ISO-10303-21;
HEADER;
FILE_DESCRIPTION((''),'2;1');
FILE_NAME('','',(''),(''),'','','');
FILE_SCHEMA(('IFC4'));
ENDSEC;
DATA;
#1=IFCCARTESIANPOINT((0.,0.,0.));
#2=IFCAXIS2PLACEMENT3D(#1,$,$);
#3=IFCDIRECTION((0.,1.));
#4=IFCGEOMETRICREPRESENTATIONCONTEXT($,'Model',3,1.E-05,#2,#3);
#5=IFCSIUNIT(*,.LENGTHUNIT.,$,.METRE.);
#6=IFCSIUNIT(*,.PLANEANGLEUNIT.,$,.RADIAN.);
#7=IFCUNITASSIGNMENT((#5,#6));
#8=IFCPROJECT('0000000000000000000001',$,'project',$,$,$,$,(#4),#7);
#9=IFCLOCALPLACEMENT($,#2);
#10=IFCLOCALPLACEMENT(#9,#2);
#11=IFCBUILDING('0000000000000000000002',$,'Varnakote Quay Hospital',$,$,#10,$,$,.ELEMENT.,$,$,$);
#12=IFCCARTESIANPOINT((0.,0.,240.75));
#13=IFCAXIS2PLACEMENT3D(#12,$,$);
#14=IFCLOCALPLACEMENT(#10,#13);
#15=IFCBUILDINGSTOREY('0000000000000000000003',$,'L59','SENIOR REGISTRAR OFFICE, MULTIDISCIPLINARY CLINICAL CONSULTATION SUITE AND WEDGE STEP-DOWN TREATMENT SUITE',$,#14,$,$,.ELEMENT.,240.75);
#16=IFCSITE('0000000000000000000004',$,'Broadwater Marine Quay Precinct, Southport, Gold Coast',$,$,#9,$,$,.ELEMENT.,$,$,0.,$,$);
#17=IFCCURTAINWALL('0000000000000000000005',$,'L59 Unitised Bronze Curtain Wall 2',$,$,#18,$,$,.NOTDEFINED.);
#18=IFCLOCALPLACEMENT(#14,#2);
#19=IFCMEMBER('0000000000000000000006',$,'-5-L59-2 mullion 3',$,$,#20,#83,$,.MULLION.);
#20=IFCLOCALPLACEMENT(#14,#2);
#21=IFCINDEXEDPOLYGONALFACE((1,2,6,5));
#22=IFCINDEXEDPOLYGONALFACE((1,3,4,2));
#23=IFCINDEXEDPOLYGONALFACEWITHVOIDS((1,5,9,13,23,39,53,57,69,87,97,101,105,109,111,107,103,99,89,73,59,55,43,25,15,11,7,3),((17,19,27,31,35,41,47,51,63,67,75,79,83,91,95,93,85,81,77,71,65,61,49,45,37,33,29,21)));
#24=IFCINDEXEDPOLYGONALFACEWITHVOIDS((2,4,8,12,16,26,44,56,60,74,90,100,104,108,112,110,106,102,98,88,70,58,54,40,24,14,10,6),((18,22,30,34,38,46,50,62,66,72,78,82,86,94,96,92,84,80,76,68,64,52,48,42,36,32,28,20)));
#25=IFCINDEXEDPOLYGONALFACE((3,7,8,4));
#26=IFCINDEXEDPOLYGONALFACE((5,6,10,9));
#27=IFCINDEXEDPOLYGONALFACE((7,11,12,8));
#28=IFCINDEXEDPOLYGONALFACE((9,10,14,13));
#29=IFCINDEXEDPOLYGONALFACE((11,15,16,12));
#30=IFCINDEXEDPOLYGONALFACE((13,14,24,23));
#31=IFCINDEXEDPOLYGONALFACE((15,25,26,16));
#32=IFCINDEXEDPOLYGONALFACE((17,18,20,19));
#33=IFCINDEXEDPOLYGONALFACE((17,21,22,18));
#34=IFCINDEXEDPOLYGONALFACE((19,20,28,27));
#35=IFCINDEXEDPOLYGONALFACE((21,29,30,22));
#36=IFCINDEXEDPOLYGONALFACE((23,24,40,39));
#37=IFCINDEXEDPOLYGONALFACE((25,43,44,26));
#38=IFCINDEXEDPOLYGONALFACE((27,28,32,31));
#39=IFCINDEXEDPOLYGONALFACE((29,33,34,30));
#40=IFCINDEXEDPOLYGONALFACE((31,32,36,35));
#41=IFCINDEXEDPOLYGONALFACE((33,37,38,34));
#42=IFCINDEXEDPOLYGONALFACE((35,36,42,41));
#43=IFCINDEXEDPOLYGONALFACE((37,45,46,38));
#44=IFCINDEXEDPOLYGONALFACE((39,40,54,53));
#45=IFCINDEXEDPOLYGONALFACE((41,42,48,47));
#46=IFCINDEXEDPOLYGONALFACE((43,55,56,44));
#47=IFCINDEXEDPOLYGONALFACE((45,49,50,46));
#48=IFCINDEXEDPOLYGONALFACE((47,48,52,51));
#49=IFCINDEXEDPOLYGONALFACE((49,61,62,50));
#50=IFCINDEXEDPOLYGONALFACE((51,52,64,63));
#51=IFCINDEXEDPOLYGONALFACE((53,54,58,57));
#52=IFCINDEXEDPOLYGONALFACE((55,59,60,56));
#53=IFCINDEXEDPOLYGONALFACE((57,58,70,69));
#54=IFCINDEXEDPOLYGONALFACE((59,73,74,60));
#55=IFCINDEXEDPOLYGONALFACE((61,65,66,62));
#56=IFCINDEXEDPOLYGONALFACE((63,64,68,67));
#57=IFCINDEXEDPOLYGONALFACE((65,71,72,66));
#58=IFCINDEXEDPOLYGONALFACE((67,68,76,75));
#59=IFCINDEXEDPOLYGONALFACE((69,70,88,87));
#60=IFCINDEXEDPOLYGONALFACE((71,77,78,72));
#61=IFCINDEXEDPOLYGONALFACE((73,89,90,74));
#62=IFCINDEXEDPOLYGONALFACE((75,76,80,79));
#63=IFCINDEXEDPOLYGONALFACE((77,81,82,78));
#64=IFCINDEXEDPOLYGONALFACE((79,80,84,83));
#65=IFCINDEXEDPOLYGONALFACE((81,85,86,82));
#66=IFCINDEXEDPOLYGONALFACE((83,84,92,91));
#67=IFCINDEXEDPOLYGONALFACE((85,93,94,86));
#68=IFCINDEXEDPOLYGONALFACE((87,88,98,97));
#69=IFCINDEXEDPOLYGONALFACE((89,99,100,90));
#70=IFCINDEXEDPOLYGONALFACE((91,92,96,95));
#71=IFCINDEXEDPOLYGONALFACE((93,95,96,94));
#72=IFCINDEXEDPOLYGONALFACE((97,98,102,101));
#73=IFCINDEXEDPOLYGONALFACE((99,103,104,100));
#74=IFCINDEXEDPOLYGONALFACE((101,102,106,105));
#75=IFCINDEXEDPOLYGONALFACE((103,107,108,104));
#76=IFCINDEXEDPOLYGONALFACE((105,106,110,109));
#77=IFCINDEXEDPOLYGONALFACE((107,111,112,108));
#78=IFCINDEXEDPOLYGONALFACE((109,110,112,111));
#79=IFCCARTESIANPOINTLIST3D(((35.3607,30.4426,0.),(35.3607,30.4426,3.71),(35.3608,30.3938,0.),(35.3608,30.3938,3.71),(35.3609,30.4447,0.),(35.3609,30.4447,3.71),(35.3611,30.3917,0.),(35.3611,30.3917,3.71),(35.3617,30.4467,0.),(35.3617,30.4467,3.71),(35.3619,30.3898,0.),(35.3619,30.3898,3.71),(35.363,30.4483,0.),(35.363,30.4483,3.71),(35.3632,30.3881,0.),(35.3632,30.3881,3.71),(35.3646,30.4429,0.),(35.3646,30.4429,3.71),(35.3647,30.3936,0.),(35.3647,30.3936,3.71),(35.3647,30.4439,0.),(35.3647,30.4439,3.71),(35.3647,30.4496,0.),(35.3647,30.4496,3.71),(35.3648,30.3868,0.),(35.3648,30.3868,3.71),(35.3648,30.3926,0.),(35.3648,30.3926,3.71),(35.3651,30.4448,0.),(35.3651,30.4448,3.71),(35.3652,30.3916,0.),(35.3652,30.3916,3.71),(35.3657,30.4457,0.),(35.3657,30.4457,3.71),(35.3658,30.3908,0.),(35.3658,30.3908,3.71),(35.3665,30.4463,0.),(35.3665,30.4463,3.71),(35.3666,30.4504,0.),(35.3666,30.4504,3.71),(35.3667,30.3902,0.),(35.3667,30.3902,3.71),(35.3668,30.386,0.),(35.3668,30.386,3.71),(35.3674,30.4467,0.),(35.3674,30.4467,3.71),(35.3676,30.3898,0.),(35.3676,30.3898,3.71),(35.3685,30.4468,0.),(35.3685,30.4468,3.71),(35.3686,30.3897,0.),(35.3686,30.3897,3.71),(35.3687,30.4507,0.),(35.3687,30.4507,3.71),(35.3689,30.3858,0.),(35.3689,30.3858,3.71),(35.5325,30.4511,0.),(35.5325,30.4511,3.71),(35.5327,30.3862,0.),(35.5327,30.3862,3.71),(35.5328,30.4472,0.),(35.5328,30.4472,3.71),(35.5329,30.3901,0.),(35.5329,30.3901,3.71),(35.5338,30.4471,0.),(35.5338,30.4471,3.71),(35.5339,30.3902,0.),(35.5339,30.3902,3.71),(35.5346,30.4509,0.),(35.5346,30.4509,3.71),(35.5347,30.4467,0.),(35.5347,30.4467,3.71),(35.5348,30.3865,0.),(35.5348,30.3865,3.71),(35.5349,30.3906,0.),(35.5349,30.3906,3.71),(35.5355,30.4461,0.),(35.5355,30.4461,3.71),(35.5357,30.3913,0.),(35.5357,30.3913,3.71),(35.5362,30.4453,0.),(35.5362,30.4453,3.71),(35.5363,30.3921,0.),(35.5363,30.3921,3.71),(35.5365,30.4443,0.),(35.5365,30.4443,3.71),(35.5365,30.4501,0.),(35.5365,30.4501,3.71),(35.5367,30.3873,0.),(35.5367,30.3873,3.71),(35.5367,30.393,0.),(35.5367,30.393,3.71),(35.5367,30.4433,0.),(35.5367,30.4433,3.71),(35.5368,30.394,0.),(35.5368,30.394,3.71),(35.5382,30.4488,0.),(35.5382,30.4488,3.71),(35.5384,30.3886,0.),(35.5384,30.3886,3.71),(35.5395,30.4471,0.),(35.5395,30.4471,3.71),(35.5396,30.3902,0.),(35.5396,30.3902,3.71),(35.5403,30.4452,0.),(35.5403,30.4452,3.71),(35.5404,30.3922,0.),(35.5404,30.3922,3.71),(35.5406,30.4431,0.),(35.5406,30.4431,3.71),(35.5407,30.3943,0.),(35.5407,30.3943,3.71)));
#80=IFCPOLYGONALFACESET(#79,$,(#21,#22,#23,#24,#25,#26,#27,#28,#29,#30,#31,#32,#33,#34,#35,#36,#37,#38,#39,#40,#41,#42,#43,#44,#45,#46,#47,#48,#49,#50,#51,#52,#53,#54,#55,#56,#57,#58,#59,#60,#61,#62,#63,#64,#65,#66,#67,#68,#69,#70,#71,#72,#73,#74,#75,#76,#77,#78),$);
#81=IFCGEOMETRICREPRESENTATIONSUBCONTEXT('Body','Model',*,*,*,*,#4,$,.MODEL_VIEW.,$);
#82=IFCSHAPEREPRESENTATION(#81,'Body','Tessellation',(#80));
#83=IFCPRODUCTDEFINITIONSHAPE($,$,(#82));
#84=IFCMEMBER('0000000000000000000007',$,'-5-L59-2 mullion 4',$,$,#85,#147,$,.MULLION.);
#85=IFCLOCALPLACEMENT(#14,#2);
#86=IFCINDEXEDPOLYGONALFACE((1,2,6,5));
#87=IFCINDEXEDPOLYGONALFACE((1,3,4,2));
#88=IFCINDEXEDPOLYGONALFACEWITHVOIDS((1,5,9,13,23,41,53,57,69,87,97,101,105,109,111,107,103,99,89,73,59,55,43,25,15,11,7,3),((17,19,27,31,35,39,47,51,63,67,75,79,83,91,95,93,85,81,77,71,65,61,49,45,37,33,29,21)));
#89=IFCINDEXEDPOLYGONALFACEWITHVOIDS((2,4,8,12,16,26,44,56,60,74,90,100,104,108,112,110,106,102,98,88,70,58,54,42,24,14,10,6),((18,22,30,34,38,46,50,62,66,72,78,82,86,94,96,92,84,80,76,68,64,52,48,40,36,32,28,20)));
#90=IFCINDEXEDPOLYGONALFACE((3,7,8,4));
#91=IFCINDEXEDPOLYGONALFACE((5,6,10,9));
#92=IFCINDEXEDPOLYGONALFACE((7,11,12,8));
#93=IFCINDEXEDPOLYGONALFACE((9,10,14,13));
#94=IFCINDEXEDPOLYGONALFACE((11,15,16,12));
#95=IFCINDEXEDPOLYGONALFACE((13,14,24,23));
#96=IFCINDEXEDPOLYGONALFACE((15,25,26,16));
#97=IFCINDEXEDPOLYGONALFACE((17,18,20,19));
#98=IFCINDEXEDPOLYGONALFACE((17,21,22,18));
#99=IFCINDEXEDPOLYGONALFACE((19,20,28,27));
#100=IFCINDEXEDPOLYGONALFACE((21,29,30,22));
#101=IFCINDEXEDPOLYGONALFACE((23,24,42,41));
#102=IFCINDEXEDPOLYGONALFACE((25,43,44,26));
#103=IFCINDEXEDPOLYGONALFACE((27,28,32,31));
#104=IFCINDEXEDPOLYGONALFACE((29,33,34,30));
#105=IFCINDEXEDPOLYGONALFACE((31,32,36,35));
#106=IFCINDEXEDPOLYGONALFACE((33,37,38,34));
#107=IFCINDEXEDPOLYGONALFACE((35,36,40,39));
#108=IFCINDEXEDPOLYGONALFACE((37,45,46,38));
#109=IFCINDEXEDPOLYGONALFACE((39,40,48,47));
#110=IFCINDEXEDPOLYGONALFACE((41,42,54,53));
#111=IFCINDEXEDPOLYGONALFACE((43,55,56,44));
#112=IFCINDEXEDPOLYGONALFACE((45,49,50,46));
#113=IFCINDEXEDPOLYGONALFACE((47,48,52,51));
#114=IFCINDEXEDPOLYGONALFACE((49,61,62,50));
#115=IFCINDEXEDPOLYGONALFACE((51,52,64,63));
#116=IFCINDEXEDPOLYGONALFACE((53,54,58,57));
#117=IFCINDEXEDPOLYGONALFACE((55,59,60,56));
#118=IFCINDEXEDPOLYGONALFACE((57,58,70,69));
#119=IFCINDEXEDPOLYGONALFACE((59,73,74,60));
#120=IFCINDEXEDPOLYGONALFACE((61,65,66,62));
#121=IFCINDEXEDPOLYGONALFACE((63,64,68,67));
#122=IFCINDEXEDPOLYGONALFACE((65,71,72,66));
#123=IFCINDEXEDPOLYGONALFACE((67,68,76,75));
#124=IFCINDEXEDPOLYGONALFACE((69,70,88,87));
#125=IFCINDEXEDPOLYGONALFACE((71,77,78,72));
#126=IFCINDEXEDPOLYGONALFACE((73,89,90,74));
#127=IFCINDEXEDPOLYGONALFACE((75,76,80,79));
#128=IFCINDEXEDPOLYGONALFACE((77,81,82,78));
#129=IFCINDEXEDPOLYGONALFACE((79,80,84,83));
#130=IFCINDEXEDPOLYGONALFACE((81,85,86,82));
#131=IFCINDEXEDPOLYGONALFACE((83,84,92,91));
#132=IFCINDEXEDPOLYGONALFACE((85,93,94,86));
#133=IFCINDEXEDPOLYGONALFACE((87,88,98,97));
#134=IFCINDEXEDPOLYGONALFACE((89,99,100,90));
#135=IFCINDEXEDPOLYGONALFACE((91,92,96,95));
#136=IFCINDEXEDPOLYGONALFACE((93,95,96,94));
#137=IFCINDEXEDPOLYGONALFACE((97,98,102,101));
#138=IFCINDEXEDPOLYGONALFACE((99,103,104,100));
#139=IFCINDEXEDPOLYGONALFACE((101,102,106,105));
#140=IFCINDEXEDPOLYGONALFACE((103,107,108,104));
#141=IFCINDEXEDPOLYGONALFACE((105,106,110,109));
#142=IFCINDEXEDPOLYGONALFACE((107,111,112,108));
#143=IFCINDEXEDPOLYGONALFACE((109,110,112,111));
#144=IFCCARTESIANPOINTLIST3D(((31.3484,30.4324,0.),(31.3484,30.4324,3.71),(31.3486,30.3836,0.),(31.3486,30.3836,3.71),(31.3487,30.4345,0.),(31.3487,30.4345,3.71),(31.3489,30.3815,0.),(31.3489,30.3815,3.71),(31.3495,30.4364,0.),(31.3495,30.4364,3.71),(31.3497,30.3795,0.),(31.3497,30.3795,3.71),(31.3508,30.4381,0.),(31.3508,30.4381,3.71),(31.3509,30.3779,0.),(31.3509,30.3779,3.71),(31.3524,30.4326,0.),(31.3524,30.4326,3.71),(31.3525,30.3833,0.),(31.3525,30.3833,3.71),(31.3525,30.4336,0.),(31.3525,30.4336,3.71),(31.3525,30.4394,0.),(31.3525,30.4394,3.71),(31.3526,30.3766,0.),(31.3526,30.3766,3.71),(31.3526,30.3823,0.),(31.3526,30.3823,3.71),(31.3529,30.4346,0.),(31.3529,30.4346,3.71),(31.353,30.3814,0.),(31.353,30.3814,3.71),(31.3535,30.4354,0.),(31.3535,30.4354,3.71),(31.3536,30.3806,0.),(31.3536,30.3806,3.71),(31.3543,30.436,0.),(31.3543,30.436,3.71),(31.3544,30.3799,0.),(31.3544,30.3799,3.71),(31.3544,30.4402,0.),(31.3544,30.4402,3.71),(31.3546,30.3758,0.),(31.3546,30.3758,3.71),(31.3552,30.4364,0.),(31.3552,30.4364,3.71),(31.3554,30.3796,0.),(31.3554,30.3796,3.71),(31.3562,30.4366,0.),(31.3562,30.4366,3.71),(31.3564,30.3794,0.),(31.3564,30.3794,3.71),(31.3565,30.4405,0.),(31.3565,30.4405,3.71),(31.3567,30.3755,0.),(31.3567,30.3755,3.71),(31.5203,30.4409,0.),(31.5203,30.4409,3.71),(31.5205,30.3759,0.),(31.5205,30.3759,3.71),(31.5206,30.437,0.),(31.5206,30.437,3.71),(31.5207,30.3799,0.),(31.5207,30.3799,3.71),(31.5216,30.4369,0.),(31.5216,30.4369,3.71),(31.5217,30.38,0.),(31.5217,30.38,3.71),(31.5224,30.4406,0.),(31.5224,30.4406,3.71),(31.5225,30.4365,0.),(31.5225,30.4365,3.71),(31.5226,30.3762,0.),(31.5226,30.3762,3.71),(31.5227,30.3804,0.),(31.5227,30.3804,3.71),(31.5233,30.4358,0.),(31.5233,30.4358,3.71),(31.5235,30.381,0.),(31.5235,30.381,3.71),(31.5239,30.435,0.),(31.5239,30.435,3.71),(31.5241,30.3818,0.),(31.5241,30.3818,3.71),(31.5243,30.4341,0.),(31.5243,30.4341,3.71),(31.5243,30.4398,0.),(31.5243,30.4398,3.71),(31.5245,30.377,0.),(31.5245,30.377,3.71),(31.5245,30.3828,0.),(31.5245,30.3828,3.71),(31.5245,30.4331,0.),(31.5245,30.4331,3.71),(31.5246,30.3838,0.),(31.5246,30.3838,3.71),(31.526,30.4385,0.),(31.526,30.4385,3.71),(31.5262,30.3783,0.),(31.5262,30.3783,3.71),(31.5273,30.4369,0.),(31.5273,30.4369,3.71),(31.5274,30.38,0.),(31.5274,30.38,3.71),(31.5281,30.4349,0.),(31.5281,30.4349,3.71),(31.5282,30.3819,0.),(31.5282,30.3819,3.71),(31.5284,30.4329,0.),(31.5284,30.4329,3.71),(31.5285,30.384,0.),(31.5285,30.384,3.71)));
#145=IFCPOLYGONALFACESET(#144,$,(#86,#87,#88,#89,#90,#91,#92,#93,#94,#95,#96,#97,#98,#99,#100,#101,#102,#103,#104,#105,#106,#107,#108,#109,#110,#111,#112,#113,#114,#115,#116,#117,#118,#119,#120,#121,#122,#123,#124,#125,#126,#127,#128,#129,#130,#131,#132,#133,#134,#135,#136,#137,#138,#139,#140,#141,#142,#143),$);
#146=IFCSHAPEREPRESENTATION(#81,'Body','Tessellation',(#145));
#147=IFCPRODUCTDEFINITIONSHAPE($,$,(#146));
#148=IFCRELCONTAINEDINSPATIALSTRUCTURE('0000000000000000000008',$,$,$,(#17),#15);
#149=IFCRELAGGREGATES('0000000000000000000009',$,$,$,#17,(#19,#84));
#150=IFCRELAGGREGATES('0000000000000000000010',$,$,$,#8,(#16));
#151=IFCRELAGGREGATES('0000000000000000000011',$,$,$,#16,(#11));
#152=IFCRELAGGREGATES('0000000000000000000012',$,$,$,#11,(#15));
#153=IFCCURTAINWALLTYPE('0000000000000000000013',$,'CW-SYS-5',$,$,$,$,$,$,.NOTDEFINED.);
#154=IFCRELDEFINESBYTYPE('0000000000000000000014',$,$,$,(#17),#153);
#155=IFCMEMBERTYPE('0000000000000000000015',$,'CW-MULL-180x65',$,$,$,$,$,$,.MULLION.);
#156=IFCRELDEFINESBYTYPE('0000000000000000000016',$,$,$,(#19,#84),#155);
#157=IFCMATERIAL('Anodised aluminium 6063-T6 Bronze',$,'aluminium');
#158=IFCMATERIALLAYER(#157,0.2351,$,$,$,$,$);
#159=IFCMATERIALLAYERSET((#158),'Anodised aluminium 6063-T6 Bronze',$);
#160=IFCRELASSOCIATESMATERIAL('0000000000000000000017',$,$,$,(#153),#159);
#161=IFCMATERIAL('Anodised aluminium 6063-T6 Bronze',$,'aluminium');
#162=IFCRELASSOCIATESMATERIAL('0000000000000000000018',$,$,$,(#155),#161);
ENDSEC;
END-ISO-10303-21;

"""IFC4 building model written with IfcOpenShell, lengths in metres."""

from ifc_helpers import new_model, si_unit, direction, frame, origin, origin_2d, place, context, subcontext, project, spatial, hollow_rectangle, extrude, material, layer, layer_set, material_profile, profile_set, type_object, element, aggregate, save


model = new_model("IFC4")

# Units and contexts
model_context = context("Model", 3, precision=1e-05, world=origin(), true_north=direction((0.0, 1.0)))
body_context = subcontext(model_context, "Body", "Model", "MODEL_VIEW")
ifc_project = project(units=[si_unit("LENGTHUNIT", "METRE"), si_unit("PLANEANGLEUNIT", "RADIAN")], contexts=[model_context])

# Site, building, storey
site_placement = place(None, origin())
site = spatial("IfcSite", under=ifc_project, at=site_placement, Name="Broadwater Marine Quay Precinct, Southport, Gold Coast", CompositionType="ELEMENT", RefElevation=0.0)
building_placement = place(site_placement, origin())
building = spatial("IfcBuilding", under=site, at=building_placement, Name="Varnakote Quay Hospital", CompositionType="ELEMENT")
storey_placement = place(building_placement, frame((0.0, 0.0, 240.75)))
storey = spatial("IfcBuildingStorey", under=building, at=storey_placement, Name="L59", Description="SENIOR REGISTRAR OFFICE, MULTIDISCIPLINARY CLINICAL CONSULTATION SUITE AND WEDGE STEP-DOWN TREATMENT SUITE", CompositionType="ELEMENT", Elevation=240.75)

# Curtain wall, members
ifc_material_1 = material(Name="Anodised aluminium 6063-T6 Bronze", Category="aluminium")
ifc_layer_1 = layer(ifc_material_1, 0.2351)
ifc_layer_set_1 = layer_set([ifc_layer_1], Name="Anodised aluminium 6063-T6 Bronze")
curtain_wall_type = type_object("IfcCurtainWallType", Name="CW-SYS-5", PredefinedType="NOTDEFINED", material=ifc_layer_set_1)
curtain_wall_placement = place(storey_placement, origin())
curtain_wall = element("IfcCurtainWall", 1, at=curtain_wall_placement, inside=storey, type_object=curtain_wall_type, Name="L59 Unitised Bronze Curtain Wall 2", PredefinedType="NOTDEFINED")
ifc_material_2 = material(Name="Anodised aluminium 6063-T6 Bronze", Category="aluminium")
ifc_material_profile_1 = material_profile(ifc_material_2, hollow_rectangle(XDim=0.0649, YDim=0.1799, WallThickness=0.0039, InnerFilletRadius=0.0039, OuterFilletRadius=0.0081, at=origin_2d()), Name="CW-MULL-180x65")
ifc_profile_set_1 = profile_set([ifc_material_profile_1], Name="Anodised aluminium 6063-T6 Bronze")
member_type_1 = type_object("IfcMemberType", Name="CW-MULL-180x65", PredefinedType="MULLION", material=ifc_profile_set_1)
member_1_placement = place(storey_placement, frame((35.4507, 30.4185, 0.0), z_axis=(0.0, 0.0, 1.0), x_axis=(0.002604, -0.999997, 0.0)))
member_1 = element("IfcMember", 2, at=member_1_placement, type_object=member_type_1, Name="-5-L59-2 mullion 3", PredefinedType="MULLION", context=body_context, shape_type="SweptSolid", body=[
    extrude(hollow_rectangle(XDim=0.0649, YDim=0.1799, WallThickness=0.0039, InnerFilletRadius=0.0039, OuterFilletRadius=0.0081, at=origin_2d()), origin(), (0.0, 0.0, 1.0), 3.71),
])
member_2_placement = place(storey_placement, frame((31.4385, 30.4082, 0.0), z_axis=(0.0, 0.0, 1.0), x_axis=(0.002604, -0.999997, 0.0)))
member_2 = element("IfcMember", 3, at=member_2_placement, type_object=member_type_1, Name="-5-L59-2 mullion 4", PredefinedType="MULLION", context=body_context, shape_type="SweptSolid", body=[
    extrude(hollow_rectangle(XDim=0.0649, YDim=0.1799, WallThickness=0.0039, InnerFilletRadius=0.0039, OuterFilletRadius=0.0081, at=origin_2d()), origin(), (0.0, 0.0, 1.0), 3.71),
])

aggregate(curtain_wall, [member_1, member_2])

save(model, "model.ifc")
